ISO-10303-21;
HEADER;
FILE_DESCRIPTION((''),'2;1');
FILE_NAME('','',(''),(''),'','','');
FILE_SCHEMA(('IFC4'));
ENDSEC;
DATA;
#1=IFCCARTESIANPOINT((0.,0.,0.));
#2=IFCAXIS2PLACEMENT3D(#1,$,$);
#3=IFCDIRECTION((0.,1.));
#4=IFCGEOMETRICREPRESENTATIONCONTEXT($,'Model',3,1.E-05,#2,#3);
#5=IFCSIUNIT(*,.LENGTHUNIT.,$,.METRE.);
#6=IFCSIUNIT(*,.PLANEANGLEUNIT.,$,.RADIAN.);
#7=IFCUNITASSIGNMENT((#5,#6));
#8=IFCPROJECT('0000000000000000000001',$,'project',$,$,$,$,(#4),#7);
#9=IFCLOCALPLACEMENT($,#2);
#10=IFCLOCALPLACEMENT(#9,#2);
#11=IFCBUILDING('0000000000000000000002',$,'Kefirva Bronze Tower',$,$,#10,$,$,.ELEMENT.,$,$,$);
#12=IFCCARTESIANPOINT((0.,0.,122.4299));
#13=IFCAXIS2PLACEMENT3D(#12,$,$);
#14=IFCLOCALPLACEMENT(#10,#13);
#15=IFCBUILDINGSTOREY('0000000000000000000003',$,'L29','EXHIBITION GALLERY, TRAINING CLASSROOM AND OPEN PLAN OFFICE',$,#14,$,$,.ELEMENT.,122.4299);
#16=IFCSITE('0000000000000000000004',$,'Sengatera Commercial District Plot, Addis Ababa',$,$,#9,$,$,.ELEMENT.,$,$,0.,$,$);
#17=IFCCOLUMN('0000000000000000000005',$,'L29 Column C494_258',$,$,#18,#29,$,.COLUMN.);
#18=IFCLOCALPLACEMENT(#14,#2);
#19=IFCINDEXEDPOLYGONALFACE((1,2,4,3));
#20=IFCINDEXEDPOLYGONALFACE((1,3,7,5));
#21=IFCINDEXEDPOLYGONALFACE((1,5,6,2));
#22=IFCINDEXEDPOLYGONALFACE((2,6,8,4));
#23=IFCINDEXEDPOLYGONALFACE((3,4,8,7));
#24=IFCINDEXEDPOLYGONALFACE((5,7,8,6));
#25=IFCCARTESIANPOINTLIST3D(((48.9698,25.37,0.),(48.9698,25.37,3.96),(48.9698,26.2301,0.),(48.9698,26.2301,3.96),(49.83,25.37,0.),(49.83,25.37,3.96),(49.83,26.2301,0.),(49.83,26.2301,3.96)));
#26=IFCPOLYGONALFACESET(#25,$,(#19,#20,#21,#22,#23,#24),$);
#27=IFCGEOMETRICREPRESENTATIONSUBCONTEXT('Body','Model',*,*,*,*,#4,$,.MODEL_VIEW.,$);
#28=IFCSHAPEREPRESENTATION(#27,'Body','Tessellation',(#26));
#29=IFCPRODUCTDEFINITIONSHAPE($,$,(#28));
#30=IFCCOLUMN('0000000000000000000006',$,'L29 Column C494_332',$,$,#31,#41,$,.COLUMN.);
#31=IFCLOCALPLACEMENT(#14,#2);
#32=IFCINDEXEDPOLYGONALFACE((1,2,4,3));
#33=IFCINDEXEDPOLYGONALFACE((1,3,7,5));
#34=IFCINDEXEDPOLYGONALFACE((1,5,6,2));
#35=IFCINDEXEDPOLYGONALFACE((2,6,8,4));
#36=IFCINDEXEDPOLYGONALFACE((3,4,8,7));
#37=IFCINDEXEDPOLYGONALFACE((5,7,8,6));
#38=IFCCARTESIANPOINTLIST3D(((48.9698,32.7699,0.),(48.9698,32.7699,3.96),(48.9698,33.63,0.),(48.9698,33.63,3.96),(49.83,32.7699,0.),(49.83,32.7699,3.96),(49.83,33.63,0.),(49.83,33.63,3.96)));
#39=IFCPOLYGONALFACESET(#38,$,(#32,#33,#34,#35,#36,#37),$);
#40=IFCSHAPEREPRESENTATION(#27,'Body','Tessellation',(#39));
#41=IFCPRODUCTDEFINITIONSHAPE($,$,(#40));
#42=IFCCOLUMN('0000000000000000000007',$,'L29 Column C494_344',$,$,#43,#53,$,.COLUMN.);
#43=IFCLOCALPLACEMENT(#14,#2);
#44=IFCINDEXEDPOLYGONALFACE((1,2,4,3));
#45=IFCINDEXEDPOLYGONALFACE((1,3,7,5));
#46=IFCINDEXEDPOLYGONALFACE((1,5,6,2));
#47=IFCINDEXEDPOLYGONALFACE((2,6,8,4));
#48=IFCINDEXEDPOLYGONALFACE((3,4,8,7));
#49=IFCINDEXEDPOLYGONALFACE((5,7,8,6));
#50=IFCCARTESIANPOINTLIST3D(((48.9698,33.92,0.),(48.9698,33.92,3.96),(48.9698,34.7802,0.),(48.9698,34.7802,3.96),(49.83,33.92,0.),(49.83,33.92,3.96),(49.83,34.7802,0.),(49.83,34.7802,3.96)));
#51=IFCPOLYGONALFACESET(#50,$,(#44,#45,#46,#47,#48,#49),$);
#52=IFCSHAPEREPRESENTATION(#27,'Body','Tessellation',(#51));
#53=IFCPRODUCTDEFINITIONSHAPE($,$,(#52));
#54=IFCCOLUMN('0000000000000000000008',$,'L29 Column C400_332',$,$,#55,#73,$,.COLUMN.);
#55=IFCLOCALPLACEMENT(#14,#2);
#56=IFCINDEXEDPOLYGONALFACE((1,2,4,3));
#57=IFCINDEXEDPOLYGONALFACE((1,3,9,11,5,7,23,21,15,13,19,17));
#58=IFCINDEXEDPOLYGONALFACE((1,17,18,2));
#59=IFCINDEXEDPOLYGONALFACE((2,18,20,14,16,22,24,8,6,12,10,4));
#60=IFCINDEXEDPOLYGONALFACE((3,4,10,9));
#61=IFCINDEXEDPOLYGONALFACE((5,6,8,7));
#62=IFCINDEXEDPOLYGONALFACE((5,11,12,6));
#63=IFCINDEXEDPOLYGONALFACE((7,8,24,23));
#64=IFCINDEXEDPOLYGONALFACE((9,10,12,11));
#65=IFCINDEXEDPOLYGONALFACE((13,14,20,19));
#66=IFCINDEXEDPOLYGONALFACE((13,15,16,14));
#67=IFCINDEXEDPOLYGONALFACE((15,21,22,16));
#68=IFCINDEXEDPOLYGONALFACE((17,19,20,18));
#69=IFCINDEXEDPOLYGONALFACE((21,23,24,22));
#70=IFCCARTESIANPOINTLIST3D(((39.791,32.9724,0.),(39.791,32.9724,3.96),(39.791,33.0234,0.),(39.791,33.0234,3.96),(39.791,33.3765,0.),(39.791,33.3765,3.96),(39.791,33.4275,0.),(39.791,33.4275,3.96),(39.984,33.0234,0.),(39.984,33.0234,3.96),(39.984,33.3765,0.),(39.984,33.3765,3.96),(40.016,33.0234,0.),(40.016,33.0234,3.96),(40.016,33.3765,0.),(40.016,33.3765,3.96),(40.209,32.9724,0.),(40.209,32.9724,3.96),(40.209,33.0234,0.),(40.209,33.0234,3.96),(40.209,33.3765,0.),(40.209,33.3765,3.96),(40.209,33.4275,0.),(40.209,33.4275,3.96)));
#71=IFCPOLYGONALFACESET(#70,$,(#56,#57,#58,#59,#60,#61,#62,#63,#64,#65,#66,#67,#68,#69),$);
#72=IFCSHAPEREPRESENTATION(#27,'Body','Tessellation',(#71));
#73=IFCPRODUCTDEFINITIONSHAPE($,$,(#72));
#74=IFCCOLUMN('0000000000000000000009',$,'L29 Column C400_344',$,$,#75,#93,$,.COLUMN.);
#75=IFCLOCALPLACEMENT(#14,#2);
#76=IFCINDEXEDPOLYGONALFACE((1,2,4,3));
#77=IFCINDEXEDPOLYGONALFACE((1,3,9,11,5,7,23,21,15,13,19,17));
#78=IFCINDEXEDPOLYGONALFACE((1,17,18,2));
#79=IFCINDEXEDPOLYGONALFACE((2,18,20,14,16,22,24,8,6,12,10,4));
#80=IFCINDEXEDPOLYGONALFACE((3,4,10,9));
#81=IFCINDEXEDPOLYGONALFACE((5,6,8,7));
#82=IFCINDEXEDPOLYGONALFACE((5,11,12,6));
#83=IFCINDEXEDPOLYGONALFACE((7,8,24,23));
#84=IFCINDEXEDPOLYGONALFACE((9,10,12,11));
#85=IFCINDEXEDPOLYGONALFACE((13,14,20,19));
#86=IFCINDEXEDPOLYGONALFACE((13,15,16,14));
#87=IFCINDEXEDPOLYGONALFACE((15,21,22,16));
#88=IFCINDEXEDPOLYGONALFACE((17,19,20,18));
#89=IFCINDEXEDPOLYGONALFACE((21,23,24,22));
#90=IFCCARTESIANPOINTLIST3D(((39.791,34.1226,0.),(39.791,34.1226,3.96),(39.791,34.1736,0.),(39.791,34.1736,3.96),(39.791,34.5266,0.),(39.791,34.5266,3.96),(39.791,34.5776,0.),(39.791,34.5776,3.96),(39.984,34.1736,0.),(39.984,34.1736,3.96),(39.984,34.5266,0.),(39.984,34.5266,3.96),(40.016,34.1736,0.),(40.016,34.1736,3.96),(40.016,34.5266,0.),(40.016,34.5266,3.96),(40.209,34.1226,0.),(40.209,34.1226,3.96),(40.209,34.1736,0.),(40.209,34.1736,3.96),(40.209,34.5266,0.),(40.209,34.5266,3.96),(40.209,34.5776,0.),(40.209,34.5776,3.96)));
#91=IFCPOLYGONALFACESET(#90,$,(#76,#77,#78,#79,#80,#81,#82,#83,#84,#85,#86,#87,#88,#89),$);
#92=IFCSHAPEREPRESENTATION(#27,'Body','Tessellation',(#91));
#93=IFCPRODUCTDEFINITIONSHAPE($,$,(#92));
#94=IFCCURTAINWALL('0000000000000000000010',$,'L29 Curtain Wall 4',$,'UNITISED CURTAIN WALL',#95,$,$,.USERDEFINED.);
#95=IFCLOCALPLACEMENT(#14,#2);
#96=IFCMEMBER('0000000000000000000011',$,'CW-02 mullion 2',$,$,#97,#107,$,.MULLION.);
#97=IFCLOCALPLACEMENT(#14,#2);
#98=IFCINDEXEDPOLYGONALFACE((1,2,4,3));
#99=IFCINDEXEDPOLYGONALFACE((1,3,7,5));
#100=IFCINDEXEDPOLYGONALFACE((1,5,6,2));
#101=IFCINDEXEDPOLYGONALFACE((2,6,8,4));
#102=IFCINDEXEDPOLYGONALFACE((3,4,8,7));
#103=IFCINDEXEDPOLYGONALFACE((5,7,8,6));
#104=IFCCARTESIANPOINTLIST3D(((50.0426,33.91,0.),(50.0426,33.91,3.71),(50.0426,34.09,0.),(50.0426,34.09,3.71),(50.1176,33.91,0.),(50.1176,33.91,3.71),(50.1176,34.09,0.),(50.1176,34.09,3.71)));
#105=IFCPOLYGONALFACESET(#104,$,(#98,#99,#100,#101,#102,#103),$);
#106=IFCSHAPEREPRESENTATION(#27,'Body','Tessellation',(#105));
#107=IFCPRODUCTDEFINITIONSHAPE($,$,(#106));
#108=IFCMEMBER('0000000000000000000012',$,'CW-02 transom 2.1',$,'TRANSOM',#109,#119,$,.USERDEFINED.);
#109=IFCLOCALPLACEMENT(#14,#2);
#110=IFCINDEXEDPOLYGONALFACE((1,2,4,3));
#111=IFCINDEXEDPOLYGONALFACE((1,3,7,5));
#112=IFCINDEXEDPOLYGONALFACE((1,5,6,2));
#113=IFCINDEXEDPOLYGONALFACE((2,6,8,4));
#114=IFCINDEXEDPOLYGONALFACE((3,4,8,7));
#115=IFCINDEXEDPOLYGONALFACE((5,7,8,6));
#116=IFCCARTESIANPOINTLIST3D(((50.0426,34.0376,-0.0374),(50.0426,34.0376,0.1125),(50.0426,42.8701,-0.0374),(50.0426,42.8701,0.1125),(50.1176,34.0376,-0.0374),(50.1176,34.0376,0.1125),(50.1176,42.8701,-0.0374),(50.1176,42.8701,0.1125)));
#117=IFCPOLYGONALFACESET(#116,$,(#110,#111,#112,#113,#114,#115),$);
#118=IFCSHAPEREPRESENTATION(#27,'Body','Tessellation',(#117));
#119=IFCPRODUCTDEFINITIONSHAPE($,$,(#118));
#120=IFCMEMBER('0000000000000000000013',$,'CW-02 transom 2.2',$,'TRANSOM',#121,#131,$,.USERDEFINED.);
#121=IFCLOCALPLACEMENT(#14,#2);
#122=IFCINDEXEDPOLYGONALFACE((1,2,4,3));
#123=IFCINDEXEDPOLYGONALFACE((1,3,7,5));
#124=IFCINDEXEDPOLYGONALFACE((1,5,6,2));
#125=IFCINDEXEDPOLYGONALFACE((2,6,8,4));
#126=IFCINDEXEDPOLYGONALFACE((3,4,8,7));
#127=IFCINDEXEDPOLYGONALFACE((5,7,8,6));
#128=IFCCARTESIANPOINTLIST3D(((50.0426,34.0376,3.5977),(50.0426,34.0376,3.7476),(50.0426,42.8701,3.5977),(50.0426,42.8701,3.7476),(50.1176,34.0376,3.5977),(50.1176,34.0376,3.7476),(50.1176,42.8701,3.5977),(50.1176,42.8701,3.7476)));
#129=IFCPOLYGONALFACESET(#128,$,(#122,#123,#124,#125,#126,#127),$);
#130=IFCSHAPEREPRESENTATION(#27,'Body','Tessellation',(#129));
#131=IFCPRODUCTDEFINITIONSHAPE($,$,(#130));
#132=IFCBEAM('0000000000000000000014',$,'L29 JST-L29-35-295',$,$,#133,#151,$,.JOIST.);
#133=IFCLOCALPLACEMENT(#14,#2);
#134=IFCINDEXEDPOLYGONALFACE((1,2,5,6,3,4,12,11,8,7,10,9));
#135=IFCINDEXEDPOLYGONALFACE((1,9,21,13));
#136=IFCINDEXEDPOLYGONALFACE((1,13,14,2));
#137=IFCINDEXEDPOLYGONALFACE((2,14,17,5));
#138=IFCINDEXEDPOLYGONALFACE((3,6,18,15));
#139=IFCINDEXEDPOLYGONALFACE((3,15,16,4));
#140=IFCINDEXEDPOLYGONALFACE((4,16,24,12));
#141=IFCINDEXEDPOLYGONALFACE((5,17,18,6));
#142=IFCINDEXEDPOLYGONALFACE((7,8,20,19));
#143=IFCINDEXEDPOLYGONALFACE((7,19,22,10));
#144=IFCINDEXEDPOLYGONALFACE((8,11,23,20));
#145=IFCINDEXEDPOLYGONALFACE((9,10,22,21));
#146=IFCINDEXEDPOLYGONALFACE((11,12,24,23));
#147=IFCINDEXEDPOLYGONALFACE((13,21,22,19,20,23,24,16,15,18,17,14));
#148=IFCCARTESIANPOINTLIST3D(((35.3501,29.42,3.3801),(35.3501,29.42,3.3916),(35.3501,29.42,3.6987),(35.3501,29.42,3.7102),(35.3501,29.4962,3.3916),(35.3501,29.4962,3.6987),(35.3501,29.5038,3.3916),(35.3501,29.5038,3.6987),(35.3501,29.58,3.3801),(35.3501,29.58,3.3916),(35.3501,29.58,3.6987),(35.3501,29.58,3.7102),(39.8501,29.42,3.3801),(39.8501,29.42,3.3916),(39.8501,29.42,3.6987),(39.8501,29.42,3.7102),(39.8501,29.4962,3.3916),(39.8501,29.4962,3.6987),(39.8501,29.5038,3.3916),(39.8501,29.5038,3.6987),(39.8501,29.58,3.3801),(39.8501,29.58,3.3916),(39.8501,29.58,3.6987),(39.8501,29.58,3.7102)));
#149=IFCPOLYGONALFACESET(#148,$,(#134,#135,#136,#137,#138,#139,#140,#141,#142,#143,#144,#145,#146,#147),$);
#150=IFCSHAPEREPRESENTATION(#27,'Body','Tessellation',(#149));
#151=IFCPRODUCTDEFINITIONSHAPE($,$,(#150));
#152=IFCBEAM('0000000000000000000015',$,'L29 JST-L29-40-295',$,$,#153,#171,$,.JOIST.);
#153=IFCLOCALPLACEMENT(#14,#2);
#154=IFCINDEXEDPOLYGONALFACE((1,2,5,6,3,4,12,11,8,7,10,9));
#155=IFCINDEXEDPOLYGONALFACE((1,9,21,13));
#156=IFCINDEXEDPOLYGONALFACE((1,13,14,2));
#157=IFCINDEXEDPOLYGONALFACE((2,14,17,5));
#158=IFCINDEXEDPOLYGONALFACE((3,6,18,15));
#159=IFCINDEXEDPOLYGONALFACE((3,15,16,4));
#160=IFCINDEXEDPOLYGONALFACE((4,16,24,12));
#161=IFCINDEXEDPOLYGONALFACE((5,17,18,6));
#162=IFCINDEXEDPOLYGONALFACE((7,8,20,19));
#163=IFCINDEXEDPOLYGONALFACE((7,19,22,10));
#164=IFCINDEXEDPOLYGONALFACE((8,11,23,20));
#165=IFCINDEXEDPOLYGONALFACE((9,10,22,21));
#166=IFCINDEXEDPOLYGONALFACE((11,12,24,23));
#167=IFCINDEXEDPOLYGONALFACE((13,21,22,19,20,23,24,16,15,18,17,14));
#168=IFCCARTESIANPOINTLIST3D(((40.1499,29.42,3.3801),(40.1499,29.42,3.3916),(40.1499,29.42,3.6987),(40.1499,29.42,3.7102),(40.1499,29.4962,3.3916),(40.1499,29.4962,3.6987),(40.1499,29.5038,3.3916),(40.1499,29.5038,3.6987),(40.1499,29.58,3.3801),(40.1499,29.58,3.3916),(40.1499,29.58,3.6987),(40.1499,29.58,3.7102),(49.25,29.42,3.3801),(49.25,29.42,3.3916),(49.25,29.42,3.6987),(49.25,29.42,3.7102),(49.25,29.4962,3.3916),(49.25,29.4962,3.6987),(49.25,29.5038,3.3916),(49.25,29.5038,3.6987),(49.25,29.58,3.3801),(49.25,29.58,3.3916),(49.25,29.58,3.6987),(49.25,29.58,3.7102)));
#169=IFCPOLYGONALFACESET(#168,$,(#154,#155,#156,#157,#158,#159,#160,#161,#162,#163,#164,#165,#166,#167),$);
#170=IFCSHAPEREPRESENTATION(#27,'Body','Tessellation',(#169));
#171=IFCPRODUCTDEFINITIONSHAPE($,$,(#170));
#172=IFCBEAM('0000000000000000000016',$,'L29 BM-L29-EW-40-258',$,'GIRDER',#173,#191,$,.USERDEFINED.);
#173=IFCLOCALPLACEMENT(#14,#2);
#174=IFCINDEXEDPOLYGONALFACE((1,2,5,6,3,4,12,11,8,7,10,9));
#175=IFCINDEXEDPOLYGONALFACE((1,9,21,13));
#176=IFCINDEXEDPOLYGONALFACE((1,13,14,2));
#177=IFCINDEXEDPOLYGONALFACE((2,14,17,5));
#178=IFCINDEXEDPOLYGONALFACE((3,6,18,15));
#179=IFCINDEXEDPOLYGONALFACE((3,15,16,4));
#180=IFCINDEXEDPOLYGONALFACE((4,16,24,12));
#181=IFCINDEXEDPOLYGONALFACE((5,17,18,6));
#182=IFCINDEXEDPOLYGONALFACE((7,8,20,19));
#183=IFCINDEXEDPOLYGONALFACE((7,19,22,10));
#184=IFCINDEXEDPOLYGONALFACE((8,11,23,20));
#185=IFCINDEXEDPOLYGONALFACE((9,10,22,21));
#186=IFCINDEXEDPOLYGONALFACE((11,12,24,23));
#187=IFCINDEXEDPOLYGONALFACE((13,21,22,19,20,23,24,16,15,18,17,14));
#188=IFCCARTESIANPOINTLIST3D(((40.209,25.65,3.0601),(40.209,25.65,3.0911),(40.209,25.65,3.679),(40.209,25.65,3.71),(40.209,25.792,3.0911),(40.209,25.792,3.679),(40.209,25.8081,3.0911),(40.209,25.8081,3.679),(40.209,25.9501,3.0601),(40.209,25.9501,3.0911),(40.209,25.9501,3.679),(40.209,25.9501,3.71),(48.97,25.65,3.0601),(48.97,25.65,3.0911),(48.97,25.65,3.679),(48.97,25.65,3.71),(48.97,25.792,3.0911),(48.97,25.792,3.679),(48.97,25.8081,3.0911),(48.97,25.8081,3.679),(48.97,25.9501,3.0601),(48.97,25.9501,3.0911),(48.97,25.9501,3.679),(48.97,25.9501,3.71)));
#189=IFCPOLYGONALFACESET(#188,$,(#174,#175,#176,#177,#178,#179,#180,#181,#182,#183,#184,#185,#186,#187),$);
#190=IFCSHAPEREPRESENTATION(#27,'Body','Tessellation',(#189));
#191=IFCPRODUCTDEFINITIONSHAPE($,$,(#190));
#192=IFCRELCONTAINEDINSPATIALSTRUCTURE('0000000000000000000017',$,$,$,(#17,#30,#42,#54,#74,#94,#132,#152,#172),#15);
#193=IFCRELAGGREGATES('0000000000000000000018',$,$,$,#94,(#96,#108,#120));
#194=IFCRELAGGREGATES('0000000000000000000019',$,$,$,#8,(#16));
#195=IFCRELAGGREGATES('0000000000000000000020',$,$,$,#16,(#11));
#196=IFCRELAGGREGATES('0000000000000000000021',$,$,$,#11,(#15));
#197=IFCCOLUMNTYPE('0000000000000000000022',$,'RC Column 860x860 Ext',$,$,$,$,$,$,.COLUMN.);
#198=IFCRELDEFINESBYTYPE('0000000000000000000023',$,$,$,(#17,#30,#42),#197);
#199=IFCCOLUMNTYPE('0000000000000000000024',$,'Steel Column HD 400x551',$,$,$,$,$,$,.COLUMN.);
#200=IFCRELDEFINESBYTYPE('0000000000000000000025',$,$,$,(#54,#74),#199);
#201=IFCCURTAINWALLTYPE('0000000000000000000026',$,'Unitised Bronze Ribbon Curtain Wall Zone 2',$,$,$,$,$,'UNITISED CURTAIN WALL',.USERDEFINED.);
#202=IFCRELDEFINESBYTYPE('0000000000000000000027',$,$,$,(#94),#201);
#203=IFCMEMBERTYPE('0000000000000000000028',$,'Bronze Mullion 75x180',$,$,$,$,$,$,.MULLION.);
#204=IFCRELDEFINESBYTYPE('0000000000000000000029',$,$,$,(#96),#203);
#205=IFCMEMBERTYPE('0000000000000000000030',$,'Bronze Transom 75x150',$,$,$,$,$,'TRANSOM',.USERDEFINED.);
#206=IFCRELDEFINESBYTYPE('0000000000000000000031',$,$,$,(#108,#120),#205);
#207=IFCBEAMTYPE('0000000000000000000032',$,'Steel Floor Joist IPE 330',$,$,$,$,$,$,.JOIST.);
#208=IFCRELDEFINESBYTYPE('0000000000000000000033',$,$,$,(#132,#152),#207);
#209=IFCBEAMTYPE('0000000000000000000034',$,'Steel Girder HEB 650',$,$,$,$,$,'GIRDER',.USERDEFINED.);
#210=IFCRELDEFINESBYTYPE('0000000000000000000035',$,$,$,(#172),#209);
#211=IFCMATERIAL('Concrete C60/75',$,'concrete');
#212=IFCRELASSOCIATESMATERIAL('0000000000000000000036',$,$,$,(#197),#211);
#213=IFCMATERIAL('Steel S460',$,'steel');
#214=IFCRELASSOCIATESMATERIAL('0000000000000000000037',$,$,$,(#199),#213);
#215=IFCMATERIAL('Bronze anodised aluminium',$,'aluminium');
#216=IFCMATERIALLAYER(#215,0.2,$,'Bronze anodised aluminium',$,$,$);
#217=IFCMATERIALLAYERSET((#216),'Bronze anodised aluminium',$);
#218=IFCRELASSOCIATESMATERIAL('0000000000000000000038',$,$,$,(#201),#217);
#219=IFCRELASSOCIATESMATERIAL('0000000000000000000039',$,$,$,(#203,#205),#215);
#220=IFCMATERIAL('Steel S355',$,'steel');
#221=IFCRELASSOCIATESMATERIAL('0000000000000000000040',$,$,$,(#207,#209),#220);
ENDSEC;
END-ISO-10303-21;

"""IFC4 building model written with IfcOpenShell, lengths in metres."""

from ifc_helpers import new_model, si_unit, direction, frame, origin, origin_2d, place, context, subcontext, project, spatial, rectangle, i_section, extrude, material, layer, layer_set, material_profile, profile_set, type_object, element, aggregate, save


model = new_model("IFC4")

# Units and contexts
model_context = context("Model", 3, precision=1e-05, world=origin(), true_north=direction((0.0, 1.0)))
body_context = subcontext(model_context, "Body", "Model", "MODEL_VIEW")
ifc_project = project(units=[si_unit("LENGTHUNIT", "METRE"), si_unit("PLANEANGLEUNIT", "RADIAN")], contexts=[model_context])

# Site, building, storey
site_placement = place(None, origin())
site = spatial("IfcSite", under=ifc_project, at=site_placement, Name="Sengatera Commercial District Plot, Addis Ababa", CompositionType="ELEMENT", RefElevation=0.0)
building_placement = place(site_placement, origin())
building = spatial("IfcBuilding", under=site, at=building_placement, Name="Kefirva Bronze Tower", CompositionType="ELEMENT")
storey_placement = place(building_placement, frame((0.0, 0.0, 122.4299)))
storey = spatial("IfcBuildingStorey", under=building, at=storey_placement, Name="L29", Description="EXHIBITION GALLERY, TRAINING CLASSROOM AND OPEN PLAN OFFICE", CompositionType="ELEMENT", Elevation=122.4299)

# Columns
ifc_material_1 = material(Name="Concrete C60/75", Category="concrete")
ifc_material_profile_1 = material_profile(ifc_material_1, rectangle(XDim=0.8601, YDim=0.8601, at=origin_2d()), Name="RC 860x860")
ifc_profile_set_1 = profile_set([ifc_material_profile_1], Name="Concrete C60/75")
column_type_1 = type_object("IfcColumnType", Name="RC Column 860x860 Ext", PredefinedType="COLUMN", material=ifc_profile_set_1)
for number, where, z_axis, x_axis, name in (
    (1, (49.3999, 25.8, 0.0), (0.0, 0.0, 1.0), (1.0, 0.0, 0.0), "L29 Column C494_258"),
    (2, (49.3999, 33.2, 0.0), (0.0, 0.0, 1.0), (1.0, 0.0, 0.0), "L29 Column C494_332"),
    (3, (49.3999, 34.3501, 0.0), (0.0, 0.0, 1.0), (1.0, 0.0, 0.0), "L29 Column C494_344"),
):
    element("IfcColumn", number, at=place(storey_placement, frame(where, z_axis=z_axis, x_axis=x_axis)), inside=storey, type_object=column_type_1, Name=name, PredefinedType="COLUMN", context=body_context, shape_type="SweptSolid", body=[
        extrude(rectangle(XDim=0.8601, YDim=0.8601, at=origin_2d()), origin(), (0.0, 0.0, 1.0), 3.96),
    ])
ifc_material_2 = material(Name="Steel S460", Category="steel")
ifc_material_profile_2 = material_profile(ifc_material_2, i_section(OverallWidth=0.418, OverallDepth=0.4551, WebThickness=0.032, FlangeThickness=0.051, at=origin_2d()), Name="HD 400x551")
ifc_profile_set_2 = profile_set([ifc_material_profile_2], Name="Steel S460")
column_type_2 = type_object("IfcColumnType", Name="Steel Column HD 400x551", PredefinedType="COLUMN", material=ifc_profile_set_2)
for number, where, z_axis, x_axis, name in (
    (4, (40.0, 33.2, 0.0), (0.0, 0.0, 1.0), (1.0, 0.0, 0.0), "L29 Column C400_332"),
    (5, (40.0, 34.3501, 0.0), (0.0, 0.0, 1.0), (1.0, 0.0, 0.0), "L29 Column C400_344"),
):
    element("IfcColumn", number, at=place(storey_placement, frame(where, z_axis=z_axis, x_axis=x_axis)), inside=storey, type_object=column_type_2, Name=name, PredefinedType="COLUMN", context=body_context, shape_type="SweptSolid", body=[
        extrude(i_section(OverallWidth=0.418, OverallDepth=0.4551, WebThickness=0.032, FlangeThickness=0.051, at=origin_2d()), origin(), (0.0, 0.0, 1.0), 3.96),
    ])

# Curtain wall, members
ifc_material_3 = material(Name="Bronze anodised aluminium", Category="aluminium")
ifc_layer_1 = layer(ifc_material_3, 0.2, Name="Bronze anodised aluminium")
ifc_layer_set_1 = layer_set([ifc_layer_1], Name="Bronze anodised aluminium")
curtain_wall_type = type_object("IfcCurtainWallType", Name="Unitised Bronze Ribbon Curtain Wall Zone 2", ElementType="UNITISED CURTAIN WALL", PredefinedType="USERDEFINED", material=ifc_layer_set_1)
curtain_wall_placement = place(storey_placement, origin())
curtain_wall = element("IfcCurtainWall", 6, at=curtain_wall_placement, inside=storey, type_object=curtain_wall_type, Name="L29 Curtain Wall 4", ObjectType="UNITISED CURTAIN WALL", PredefinedType="USERDEFINED")
ifc_material_profile_3 = material_profile(ifc_material_3, rectangle(XDim=0.075, YDim=0.1799, at=origin_2d()), Name="ALU 75x180")
ifc_profile_set_3 = profile_set([ifc_material_profile_3], Name="Bronze anodised aluminium")
member_type_1 = type_object("IfcMemberType", Name="Bronze Mullion 75x180", PredefinedType="MULLION", material=ifc_profile_set_3)
member_1_placement = place(storey_placement, frame((50.0801, 34.0, 0.0), z_axis=(0.0, 0.0, 1.0), x_axis=(-1.0, 0.0, 0.0)))
member_1 = element("IfcMember", 7, at=member_1_placement, type_object=member_type_1, Name="CW-02 mullion 2", PredefinedType="MULLION", context=body_context, shape_type="SweptSolid", body=[
    extrude(rectangle(XDim=0.075, YDim=0.1799, at=origin_2d()), origin(), (0.0, 0.0, 1.0), 3.71),
])
ifc_material_profile_4 = material_profile(ifc_material_3, rectangle(XDim=0.075, YDim=0.1499, at=origin_2d()), Name="ALU 75x150")
ifc_profile_set_4 = profile_set([ifc_material_profile_4], Name="Bronze anodised aluminium")
member_type_2 = type_object("IfcMemberType", Name="Bronze Transom 75x150", ElementType="TRANSOM", PredefinedType="USERDEFINED", material=ifc_profile_set_4)
member_2_placement = place(storey_placement, frame((50.0801, 34.0376, 0.0376), z_axis=(0.0, 1.0, 0.0), x_axis=(-1.0, 0.0, 0.0)))
member_2 = element("IfcMember", 8, at=member_2_placement, type_object=member_type_2, Name="CW-02 transom 2.1", ObjectType="TRANSOM", PredefinedType="USERDEFINED", context=body_context, shape_type="SweptSolid", body=[
    extrude(rectangle(XDim=0.075, YDim=0.1499, at=origin_2d()), origin(), (0.0, 0.0, 1.0), 8.8325),
])
member_3_placement = place(storey_placement, frame((50.0801, 34.0376, 3.6726), z_axis=(0.0, 1.0, 0.0), x_axis=(-1.0, 0.0, 0.0)))
member_3 = element("IfcMember", 9, at=member_3_placement, type_object=member_type_2, Name="CW-02 transom 2.2", ObjectType="TRANSOM", PredefinedType="USERDEFINED", context=body_context, shape_type="SweptSolid", body=[
    extrude(rectangle(XDim=0.075, YDim=0.1499, at=origin_2d()), origin(), (0.0, 0.0, 1.0), 8.8325),
])

# Beams
ifc_material_4 = material(Name="Steel S355", Category="steel")
ifc_material_profile_5 = material_profile(ifc_material_4, i_section(OverallWidth=0.1599, OverallDepth=0.3301, WebThickness=0.0076, FlangeThickness=0.0115, at=origin_2d()), Name="IPE 330")
ifc_profile_set_5 = profile_set([ifc_material_profile_5], Name="Steel S355")
beam_type_1 = type_object("IfcBeamType", Name="Steel Floor Joist IPE 330", PredefinedType="JOIST", material=ifc_profile_set_5)
beam_1_placement = place(storey_placement, frame((35.3501, 29.5, 3.5452), z_axis=(1.0, 0.0, 0.0), x_axis=(0.0, 1.0, 0.0)))
element("IfcBeam", 10, at=beam_1_placement, inside=storey, type_object=beam_type_1, Name="L29 JST-L29-35-295", PredefinedType="JOIST", context=body_context, shape_type="SweptSolid", body=[
    extrude(i_section(OverallWidth=0.1599, OverallDepth=0.3301, WebThickness=0.0076, FlangeThickness=0.0115, at=origin_2d()), origin(), (0.0, 0.0, 1.0), 4.5),
])
beam_2_placement = place(storey_placement, frame((40.1499, 29.5, 3.5452), z_axis=(1.0, 0.0, 0.0), x_axis=(0.0, 1.0, 0.0)))
element("IfcBeam", 11, at=beam_2_placement, inside=storey, type_object=beam_type_1, Name="L29 JST-L29-40-295", PredefinedType="JOIST", context=body_context, shape_type="SweptSolid", body=[
    extrude(i_section(OverallWidth=0.1599, OverallDepth=0.3301, WebThickness=0.0076, FlangeThickness=0.0115, at=origin_2d()), origin(), (0.0, 0.0, 1.0), 9.1001),
])
ifc_material_profile_6 = material_profile(ifc_material_4, i_section(OverallWidth=0.3, OverallDepth=0.6499, WebThickness=0.0161, FlangeThickness=0.031, at=origin_2d()), Name="HEB 650")
ifc_profile_set_6 = profile_set([ifc_material_profile_6], Name="Steel S355")
beam_type_2 = type_object("IfcBeamType", Name="Steel Girder HEB 650", ElementType="GIRDER", PredefinedType="USERDEFINED", material=ifc_profile_set_6)
beam_3_placement = place(storey_placement, frame((40.209, 25.8, 3.385), z_axis=(1.0, 0.0, 0.0), x_axis=(0.0, 1.0, 0.0)))
element("IfcBeam", 12, at=beam_3_placement, inside=storey, type_object=beam_type_2, Name="L29 BM-L29-EW-40-258", ObjectType="GIRDER", PredefinedType="USERDEFINED", context=body_context, shape_type="SweptSolid", body=[
    extrude(i_section(OverallWidth=0.3, OverallDepth=0.6499, WebThickness=0.0161, FlangeThickness=0.031, at=origin_2d()), origin(), (0.0, 0.0, 1.0), 8.761),
])

aggregate(curtain_wall, [member_1, member_2, member_3])

save(model, "model.ifc")
